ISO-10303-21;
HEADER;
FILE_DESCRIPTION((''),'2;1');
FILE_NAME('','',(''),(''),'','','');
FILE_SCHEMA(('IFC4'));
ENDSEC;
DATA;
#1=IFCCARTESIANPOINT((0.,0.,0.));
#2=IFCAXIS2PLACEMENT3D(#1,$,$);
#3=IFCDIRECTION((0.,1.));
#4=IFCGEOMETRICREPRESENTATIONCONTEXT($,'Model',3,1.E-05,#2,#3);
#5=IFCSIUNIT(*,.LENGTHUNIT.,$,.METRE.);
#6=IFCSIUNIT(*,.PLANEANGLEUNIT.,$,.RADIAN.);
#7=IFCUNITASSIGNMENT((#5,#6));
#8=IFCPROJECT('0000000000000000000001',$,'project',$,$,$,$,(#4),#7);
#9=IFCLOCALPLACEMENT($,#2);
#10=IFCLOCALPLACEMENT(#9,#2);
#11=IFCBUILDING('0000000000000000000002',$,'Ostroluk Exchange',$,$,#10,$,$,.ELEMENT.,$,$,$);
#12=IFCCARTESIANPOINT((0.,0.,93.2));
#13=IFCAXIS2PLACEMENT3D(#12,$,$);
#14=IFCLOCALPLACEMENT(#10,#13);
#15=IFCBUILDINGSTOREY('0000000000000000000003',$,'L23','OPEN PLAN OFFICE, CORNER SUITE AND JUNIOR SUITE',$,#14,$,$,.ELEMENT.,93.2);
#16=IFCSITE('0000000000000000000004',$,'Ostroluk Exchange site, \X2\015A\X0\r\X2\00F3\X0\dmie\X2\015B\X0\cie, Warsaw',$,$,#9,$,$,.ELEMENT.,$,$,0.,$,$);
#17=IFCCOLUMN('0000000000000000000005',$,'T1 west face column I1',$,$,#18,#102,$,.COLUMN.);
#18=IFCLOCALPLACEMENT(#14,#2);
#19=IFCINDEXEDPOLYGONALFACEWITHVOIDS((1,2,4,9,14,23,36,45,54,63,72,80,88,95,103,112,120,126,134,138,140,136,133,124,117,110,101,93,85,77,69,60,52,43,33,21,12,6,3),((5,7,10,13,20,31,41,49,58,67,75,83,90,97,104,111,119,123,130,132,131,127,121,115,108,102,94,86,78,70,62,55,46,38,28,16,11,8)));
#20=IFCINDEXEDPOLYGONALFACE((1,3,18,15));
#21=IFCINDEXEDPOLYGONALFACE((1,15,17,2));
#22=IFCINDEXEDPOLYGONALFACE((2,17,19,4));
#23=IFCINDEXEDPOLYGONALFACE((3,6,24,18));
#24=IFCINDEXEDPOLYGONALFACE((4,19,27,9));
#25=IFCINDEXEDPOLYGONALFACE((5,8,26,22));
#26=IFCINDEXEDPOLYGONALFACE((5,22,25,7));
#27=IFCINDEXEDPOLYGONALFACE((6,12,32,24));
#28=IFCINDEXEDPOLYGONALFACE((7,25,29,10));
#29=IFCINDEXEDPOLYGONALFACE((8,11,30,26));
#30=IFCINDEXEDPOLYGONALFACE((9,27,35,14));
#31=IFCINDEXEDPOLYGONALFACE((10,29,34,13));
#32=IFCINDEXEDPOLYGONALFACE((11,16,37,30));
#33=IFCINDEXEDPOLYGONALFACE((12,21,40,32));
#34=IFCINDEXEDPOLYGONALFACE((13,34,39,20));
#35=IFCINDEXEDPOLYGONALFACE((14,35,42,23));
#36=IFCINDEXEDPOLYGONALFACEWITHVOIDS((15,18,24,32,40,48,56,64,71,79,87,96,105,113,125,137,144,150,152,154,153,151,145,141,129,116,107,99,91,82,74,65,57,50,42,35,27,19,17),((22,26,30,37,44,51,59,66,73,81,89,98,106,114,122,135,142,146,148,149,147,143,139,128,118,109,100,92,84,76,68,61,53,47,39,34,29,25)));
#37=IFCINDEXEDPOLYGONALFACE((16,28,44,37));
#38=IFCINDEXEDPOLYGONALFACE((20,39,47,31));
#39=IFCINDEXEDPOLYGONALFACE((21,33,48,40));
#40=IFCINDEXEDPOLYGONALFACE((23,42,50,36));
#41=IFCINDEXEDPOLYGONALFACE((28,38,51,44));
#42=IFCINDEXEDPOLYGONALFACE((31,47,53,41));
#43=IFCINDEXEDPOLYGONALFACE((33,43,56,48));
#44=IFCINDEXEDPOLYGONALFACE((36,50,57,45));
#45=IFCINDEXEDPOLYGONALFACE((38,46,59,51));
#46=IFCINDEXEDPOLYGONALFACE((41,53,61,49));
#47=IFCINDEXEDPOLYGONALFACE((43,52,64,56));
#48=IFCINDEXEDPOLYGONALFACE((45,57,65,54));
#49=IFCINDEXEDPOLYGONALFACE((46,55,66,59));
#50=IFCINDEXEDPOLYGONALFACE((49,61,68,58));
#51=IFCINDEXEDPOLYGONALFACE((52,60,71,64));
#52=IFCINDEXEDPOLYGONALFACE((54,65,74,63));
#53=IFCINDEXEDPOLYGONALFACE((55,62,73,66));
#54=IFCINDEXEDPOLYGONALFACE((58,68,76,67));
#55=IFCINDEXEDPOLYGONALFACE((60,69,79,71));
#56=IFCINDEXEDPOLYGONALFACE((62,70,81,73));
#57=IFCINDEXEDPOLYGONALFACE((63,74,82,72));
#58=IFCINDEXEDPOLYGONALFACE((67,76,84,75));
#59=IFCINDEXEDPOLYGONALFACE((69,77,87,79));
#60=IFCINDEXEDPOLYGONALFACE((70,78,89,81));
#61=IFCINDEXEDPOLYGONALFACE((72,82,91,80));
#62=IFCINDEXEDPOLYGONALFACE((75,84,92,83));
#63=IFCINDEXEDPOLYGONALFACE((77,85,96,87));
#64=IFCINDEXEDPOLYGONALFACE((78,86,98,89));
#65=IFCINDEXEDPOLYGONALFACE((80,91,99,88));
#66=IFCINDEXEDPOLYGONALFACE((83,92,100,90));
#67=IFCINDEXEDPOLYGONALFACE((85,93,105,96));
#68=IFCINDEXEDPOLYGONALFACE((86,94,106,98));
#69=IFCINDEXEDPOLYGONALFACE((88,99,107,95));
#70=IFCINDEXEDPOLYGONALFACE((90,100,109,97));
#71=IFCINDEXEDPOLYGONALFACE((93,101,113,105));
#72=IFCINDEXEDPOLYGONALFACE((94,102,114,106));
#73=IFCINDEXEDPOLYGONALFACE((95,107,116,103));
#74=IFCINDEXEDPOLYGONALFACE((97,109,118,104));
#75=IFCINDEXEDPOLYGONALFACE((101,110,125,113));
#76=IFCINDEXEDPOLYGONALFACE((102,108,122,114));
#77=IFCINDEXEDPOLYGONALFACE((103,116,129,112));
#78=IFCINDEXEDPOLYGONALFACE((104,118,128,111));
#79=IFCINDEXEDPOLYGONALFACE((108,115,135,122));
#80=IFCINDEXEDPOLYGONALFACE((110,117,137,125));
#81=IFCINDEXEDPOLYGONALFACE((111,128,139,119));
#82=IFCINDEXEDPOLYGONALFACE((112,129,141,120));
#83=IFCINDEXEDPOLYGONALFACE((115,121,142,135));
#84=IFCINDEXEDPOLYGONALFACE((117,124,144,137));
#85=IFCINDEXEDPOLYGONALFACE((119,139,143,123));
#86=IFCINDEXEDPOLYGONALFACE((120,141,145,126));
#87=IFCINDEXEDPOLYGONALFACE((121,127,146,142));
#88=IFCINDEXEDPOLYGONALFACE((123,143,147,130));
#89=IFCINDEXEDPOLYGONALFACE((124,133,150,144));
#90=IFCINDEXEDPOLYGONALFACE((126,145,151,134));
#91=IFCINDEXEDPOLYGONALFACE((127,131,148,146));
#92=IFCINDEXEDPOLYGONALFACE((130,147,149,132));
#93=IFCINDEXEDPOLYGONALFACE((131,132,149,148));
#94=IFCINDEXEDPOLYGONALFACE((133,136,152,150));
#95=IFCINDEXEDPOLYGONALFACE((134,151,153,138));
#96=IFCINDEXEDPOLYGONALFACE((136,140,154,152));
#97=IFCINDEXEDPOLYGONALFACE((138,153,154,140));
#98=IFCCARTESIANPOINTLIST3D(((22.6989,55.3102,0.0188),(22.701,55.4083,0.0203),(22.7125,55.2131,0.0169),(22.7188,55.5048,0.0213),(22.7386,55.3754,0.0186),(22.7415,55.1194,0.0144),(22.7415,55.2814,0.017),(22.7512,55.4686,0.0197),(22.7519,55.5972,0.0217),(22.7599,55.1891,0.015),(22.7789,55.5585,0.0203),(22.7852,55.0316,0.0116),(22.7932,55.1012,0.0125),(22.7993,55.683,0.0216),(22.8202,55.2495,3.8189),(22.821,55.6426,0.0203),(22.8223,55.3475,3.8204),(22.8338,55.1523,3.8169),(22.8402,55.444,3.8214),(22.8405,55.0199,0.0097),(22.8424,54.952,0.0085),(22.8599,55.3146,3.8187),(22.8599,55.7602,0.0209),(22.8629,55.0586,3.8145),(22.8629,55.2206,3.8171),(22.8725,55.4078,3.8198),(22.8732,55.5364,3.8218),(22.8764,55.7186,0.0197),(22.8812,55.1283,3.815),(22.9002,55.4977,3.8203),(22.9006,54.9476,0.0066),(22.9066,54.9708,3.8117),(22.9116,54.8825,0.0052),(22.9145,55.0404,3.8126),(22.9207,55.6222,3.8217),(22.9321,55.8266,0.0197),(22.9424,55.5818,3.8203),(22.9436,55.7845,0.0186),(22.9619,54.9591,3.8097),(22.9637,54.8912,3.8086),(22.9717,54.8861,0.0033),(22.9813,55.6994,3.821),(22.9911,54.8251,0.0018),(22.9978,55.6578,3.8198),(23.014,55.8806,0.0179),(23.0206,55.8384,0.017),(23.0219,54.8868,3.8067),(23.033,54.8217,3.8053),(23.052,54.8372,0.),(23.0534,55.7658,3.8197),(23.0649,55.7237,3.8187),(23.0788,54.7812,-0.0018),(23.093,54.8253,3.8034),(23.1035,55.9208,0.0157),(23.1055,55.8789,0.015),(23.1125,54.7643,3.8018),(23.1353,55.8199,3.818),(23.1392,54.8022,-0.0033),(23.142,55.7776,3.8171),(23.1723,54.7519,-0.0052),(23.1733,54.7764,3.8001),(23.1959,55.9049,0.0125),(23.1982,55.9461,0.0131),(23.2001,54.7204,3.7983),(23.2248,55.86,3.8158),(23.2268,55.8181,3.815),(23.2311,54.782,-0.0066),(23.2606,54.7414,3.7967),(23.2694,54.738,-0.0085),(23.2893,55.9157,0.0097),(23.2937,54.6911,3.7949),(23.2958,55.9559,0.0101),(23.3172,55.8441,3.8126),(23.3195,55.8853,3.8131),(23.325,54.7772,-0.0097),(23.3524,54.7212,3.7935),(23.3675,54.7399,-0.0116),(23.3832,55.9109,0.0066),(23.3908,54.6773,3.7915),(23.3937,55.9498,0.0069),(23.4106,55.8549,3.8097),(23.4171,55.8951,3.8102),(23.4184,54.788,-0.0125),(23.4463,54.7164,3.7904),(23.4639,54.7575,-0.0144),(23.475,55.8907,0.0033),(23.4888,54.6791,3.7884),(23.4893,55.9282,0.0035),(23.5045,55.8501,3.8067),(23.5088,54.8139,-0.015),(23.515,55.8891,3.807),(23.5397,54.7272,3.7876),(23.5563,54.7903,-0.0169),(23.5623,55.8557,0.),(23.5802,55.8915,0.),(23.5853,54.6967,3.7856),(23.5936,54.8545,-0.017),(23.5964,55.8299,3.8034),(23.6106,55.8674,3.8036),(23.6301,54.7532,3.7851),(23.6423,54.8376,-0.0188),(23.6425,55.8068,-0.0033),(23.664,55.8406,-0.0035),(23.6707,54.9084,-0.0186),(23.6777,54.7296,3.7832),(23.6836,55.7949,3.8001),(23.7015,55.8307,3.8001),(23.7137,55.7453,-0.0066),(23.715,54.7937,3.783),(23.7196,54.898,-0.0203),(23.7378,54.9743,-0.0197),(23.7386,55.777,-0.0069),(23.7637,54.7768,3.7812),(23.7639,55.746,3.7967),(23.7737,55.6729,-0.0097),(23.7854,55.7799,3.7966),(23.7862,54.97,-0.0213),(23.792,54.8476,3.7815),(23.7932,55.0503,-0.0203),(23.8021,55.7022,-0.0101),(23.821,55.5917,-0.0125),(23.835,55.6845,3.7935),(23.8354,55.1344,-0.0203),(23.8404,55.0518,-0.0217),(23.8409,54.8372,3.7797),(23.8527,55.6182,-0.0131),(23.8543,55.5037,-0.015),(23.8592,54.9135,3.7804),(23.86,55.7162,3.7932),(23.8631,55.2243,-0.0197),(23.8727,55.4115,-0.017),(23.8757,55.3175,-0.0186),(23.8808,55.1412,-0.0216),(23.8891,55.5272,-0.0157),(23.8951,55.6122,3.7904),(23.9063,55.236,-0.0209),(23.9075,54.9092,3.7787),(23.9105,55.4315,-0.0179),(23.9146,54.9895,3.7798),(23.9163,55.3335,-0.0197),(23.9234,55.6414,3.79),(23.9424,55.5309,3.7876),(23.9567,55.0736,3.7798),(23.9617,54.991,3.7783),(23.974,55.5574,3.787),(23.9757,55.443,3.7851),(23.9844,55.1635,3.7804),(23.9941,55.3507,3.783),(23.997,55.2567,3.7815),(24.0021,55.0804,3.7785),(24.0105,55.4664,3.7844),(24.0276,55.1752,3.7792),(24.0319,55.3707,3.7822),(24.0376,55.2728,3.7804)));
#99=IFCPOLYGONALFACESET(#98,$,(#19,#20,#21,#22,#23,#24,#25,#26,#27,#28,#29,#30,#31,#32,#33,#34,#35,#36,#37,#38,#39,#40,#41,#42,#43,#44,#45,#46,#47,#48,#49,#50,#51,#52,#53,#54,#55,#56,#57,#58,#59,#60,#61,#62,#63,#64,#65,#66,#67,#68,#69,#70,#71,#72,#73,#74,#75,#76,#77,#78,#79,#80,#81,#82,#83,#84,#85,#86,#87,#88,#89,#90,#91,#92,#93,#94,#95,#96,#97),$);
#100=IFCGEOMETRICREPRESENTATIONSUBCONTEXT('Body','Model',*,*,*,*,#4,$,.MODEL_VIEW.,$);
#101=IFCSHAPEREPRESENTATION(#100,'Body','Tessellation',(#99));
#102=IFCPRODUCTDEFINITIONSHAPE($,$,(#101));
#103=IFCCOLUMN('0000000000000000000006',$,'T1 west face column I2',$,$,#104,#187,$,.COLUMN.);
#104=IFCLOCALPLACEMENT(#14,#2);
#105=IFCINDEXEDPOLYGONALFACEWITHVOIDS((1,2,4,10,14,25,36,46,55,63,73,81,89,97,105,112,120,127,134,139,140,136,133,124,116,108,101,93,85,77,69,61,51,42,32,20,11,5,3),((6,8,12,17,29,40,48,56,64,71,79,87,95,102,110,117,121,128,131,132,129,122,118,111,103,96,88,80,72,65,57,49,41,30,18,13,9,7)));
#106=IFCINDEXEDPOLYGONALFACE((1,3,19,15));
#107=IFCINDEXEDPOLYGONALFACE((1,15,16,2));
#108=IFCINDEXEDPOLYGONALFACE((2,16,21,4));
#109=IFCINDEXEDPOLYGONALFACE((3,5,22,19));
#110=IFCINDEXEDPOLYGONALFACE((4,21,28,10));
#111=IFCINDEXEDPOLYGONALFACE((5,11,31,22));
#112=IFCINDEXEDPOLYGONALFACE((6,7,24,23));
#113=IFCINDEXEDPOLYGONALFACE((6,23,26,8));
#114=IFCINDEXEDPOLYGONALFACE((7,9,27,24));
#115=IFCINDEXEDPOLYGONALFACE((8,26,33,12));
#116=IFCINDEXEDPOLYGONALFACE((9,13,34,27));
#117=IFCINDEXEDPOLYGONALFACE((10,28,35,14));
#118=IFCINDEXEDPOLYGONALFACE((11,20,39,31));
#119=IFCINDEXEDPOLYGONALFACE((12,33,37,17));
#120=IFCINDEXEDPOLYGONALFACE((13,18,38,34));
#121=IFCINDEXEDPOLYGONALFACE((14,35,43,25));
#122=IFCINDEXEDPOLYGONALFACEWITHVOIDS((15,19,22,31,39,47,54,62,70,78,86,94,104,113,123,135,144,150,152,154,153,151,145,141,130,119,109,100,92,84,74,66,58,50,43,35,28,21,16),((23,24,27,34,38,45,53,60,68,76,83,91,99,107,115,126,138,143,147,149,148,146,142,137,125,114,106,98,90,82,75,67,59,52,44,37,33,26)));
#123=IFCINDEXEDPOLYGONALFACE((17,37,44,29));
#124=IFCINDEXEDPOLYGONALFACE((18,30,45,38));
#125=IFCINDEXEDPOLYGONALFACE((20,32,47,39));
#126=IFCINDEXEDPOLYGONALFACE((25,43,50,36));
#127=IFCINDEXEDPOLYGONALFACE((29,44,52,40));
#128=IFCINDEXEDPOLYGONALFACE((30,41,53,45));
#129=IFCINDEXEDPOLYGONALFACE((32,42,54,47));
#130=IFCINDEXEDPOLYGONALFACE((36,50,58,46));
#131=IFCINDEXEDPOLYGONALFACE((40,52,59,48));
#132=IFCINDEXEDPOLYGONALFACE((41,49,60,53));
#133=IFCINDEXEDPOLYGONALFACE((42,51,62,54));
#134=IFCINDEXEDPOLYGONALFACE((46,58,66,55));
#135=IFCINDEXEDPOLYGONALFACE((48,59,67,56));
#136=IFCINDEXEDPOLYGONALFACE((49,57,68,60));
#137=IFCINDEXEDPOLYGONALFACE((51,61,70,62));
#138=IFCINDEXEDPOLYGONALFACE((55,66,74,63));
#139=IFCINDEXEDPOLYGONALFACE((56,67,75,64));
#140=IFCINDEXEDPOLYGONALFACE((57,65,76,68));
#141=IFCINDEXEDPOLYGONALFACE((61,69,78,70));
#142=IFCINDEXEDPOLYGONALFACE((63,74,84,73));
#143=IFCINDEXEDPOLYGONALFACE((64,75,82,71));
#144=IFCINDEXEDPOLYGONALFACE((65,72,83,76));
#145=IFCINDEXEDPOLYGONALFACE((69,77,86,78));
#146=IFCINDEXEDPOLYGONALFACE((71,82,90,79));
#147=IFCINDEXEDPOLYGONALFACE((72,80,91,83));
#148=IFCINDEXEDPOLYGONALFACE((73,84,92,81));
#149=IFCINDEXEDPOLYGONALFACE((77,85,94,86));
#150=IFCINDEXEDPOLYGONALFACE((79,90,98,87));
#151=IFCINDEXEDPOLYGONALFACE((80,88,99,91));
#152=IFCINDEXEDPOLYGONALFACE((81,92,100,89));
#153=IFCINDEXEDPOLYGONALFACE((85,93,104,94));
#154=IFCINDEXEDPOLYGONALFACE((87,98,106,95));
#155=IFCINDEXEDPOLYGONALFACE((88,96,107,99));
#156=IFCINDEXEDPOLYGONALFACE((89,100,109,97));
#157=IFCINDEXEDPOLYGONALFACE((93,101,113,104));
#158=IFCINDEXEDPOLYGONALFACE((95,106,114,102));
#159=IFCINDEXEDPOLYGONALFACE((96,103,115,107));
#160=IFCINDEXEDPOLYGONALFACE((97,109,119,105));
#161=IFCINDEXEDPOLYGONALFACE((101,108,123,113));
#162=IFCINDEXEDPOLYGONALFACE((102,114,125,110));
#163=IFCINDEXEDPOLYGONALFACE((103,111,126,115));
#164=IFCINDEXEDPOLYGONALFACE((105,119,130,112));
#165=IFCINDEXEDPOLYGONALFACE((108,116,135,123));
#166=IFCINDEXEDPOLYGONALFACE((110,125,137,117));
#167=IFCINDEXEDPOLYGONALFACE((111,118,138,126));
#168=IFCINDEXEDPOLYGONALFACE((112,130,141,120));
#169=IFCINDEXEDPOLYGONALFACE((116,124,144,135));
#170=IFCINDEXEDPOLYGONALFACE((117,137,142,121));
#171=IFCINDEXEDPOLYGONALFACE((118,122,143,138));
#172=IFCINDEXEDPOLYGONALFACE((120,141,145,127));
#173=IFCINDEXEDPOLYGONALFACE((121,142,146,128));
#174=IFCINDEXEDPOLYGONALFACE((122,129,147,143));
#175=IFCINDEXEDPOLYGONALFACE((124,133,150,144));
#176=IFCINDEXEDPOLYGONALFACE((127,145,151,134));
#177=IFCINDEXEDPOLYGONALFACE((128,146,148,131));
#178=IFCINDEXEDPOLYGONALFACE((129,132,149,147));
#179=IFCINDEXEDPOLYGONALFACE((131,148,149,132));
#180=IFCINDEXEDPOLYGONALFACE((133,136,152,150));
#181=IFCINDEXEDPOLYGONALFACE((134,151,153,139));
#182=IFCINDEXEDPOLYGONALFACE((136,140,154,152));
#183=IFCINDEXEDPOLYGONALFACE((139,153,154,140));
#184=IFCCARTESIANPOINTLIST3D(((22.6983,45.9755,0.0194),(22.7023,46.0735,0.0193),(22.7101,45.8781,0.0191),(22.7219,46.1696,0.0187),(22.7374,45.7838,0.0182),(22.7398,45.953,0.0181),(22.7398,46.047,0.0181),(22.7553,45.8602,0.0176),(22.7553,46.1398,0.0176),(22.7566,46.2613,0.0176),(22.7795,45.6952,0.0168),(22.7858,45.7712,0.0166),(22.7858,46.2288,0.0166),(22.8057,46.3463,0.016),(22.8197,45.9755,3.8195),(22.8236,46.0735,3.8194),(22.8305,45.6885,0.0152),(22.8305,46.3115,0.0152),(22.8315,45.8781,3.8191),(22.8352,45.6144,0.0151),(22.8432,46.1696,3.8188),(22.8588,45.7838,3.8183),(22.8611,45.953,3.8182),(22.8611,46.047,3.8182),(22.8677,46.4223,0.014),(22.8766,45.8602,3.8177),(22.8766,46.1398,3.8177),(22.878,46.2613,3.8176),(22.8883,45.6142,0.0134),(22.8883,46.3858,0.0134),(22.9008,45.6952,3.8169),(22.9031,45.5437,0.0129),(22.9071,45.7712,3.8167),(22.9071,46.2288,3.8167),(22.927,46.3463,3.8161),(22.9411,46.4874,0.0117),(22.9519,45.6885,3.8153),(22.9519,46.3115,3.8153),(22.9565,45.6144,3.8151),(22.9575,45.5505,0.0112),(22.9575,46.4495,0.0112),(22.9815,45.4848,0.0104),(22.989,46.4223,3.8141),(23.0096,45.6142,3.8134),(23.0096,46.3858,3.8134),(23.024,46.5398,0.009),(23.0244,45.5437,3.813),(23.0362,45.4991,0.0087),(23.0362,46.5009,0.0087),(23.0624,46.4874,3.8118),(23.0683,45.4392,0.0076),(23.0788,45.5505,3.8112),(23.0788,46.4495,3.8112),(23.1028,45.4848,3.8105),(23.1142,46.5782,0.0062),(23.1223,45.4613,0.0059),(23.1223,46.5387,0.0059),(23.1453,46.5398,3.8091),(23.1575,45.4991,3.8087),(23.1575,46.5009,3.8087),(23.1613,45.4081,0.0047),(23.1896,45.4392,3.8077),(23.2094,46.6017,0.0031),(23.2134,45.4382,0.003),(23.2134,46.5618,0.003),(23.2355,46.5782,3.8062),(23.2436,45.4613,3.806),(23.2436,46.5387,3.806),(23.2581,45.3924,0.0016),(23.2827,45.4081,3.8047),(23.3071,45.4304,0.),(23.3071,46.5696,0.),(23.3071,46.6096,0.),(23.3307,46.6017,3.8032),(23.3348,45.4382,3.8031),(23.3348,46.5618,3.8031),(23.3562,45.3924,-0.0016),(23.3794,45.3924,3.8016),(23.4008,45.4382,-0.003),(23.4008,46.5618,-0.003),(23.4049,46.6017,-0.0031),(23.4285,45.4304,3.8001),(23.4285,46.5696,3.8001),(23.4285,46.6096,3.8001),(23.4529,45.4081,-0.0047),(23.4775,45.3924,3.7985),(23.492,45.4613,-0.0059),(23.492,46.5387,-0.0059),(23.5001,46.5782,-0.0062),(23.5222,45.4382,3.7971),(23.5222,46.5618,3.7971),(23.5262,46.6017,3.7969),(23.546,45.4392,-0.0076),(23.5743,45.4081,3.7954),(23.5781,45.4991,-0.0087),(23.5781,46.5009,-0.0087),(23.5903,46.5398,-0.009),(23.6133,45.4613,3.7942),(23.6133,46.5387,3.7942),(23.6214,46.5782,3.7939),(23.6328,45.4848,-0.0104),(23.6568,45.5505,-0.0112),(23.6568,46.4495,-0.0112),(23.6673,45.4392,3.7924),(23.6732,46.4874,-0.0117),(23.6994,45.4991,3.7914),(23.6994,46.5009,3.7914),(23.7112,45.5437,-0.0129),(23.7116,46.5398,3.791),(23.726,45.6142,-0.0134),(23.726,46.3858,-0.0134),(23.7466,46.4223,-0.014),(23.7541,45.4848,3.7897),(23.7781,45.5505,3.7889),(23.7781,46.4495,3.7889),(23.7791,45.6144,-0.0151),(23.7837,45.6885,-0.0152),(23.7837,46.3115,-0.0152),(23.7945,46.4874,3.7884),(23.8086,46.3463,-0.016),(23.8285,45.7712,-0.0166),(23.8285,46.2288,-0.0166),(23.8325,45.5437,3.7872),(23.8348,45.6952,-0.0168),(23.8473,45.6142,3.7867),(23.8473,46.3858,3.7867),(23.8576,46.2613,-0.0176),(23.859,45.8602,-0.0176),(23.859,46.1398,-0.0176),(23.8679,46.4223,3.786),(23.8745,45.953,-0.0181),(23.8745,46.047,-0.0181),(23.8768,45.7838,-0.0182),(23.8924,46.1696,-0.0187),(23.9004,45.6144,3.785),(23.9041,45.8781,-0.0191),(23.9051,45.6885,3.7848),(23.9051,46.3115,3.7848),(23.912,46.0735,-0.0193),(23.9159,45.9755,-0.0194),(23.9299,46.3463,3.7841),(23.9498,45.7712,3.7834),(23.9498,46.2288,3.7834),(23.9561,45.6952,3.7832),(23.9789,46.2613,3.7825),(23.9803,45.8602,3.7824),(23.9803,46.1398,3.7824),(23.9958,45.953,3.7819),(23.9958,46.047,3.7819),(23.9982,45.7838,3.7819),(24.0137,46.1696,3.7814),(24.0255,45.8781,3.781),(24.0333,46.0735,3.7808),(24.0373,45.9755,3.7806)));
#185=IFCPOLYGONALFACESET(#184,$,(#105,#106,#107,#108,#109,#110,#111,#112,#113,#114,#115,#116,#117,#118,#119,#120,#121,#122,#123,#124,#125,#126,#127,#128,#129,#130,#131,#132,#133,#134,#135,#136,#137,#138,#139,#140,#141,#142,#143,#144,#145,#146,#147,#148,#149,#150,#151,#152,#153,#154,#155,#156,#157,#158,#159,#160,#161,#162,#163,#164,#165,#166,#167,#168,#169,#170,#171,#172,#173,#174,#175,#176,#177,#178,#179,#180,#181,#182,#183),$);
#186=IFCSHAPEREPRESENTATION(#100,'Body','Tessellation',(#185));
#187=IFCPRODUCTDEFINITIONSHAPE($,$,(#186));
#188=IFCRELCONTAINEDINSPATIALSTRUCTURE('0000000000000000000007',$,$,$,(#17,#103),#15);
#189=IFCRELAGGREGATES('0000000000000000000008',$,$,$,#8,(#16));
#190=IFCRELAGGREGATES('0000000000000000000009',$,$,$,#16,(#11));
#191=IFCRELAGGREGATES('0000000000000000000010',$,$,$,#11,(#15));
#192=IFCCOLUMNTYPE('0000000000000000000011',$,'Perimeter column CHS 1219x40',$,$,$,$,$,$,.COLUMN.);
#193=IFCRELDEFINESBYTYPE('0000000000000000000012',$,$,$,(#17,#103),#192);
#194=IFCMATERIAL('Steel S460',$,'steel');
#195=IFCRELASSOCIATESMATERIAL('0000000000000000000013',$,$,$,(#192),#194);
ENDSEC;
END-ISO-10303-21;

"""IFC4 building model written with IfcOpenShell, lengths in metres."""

from ifc_helpers import new_model, si_unit, direction, frame, origin, origin_2d, place, context, subcontext, project, spatial, hollow_circle, extrude, material, material_profile, profile_set, type_object, element, save


model = new_model("IFC4")

# Units and contexts
model_context = context("Model", 3, precision=1e-05, world=origin(), true_north=direction((0.0, 1.0)))
body_context = subcontext(model_context, "Body", "Model", "MODEL_VIEW")
ifc_project = project(units=[si_unit("LENGTHUNIT", "METRE"), si_unit("PLANEANGLEUNIT", "RADIAN")], contexts=[model_context])

# Site, building, storey
site_placement = place(None, origin())
site = spatial("IfcSite", under=ifc_project, at=site_placement, Name="Ostroluk Exchange site, Śródmieście, Warsaw", CompositionType="ELEMENT", RefElevation=0.0)
building_placement = place(site_placement, origin())
building = spatial("IfcBuilding", under=site, at=building_placement, Name="Ostroluk Exchange", CompositionType="ELEMENT")
storey_placement = place(building_placement, frame((0.0, 0.0, 93.2)))
storey = spatial("IfcBuildingStorey", under=building, at=storey_placement, Name="L23", Description="OPEN PLAN OFFICE, CORNER SUITE AND JUNIOR SUITE", CompositionType="ELEMENT", Elevation=93.2)

# Columns
ifc_material_1 = material(Name="Steel S460", Category="steel")
ifc_material_profile_1 = material_profile(ifc_material_1, hollow_circle(Radius=0.6096, WallThickness=0.04, at=origin_2d()), Name="CHS 1219x40")
ifc_profile_set_1 = profile_set([ifc_material_profile_1], Name="Steel S460")
column_type = type_object("IfcColumnType", Name="Perimeter column CHS 1219x40", PredefinedType="COLUMN", material=ifc_profile_set_1)
column_1_placement = place(storey_placement, frame((23.3071, 55.3464, 0.0), z_axis=(0.03191, -0.015987, 0.999363), x_axis=(0.447933, 0.894067, 0.0)))
element("IfcColumn", 1, at=column_1_placement, inside=storey, type_object=column_type, Name="T1 west face column I1", PredefinedType="COLUMN", context=body_context, shape_type="SweptSolid", body=[
    extrude(hollow_circle(Radius=0.6096, WallThickness=0.04, at=origin_2d()), origin(), (0.0, 0.0, 1.0), 3.8025),
])
column_2_placement = place(storey_placement, frame((23.3071, 46.0, 0.0), z_axis=(0.031914, 0.0, 0.999491), x_axis=(0.0, 1.0, 0.0)))
element("IfcColumn", 2, at=column_2_placement, inside=storey, type_object=column_type, Name="T1 west face column I2", PredefinedType="COLUMN", context=body_context, shape_type="SweptSolid", body=[
    extrude(hollow_circle(Radius=0.6096, WallThickness=0.04, at=origin_2d()), origin(), (0.0, 0.0, 1.0), 3.802),
])

save(model, "model.ifc")
